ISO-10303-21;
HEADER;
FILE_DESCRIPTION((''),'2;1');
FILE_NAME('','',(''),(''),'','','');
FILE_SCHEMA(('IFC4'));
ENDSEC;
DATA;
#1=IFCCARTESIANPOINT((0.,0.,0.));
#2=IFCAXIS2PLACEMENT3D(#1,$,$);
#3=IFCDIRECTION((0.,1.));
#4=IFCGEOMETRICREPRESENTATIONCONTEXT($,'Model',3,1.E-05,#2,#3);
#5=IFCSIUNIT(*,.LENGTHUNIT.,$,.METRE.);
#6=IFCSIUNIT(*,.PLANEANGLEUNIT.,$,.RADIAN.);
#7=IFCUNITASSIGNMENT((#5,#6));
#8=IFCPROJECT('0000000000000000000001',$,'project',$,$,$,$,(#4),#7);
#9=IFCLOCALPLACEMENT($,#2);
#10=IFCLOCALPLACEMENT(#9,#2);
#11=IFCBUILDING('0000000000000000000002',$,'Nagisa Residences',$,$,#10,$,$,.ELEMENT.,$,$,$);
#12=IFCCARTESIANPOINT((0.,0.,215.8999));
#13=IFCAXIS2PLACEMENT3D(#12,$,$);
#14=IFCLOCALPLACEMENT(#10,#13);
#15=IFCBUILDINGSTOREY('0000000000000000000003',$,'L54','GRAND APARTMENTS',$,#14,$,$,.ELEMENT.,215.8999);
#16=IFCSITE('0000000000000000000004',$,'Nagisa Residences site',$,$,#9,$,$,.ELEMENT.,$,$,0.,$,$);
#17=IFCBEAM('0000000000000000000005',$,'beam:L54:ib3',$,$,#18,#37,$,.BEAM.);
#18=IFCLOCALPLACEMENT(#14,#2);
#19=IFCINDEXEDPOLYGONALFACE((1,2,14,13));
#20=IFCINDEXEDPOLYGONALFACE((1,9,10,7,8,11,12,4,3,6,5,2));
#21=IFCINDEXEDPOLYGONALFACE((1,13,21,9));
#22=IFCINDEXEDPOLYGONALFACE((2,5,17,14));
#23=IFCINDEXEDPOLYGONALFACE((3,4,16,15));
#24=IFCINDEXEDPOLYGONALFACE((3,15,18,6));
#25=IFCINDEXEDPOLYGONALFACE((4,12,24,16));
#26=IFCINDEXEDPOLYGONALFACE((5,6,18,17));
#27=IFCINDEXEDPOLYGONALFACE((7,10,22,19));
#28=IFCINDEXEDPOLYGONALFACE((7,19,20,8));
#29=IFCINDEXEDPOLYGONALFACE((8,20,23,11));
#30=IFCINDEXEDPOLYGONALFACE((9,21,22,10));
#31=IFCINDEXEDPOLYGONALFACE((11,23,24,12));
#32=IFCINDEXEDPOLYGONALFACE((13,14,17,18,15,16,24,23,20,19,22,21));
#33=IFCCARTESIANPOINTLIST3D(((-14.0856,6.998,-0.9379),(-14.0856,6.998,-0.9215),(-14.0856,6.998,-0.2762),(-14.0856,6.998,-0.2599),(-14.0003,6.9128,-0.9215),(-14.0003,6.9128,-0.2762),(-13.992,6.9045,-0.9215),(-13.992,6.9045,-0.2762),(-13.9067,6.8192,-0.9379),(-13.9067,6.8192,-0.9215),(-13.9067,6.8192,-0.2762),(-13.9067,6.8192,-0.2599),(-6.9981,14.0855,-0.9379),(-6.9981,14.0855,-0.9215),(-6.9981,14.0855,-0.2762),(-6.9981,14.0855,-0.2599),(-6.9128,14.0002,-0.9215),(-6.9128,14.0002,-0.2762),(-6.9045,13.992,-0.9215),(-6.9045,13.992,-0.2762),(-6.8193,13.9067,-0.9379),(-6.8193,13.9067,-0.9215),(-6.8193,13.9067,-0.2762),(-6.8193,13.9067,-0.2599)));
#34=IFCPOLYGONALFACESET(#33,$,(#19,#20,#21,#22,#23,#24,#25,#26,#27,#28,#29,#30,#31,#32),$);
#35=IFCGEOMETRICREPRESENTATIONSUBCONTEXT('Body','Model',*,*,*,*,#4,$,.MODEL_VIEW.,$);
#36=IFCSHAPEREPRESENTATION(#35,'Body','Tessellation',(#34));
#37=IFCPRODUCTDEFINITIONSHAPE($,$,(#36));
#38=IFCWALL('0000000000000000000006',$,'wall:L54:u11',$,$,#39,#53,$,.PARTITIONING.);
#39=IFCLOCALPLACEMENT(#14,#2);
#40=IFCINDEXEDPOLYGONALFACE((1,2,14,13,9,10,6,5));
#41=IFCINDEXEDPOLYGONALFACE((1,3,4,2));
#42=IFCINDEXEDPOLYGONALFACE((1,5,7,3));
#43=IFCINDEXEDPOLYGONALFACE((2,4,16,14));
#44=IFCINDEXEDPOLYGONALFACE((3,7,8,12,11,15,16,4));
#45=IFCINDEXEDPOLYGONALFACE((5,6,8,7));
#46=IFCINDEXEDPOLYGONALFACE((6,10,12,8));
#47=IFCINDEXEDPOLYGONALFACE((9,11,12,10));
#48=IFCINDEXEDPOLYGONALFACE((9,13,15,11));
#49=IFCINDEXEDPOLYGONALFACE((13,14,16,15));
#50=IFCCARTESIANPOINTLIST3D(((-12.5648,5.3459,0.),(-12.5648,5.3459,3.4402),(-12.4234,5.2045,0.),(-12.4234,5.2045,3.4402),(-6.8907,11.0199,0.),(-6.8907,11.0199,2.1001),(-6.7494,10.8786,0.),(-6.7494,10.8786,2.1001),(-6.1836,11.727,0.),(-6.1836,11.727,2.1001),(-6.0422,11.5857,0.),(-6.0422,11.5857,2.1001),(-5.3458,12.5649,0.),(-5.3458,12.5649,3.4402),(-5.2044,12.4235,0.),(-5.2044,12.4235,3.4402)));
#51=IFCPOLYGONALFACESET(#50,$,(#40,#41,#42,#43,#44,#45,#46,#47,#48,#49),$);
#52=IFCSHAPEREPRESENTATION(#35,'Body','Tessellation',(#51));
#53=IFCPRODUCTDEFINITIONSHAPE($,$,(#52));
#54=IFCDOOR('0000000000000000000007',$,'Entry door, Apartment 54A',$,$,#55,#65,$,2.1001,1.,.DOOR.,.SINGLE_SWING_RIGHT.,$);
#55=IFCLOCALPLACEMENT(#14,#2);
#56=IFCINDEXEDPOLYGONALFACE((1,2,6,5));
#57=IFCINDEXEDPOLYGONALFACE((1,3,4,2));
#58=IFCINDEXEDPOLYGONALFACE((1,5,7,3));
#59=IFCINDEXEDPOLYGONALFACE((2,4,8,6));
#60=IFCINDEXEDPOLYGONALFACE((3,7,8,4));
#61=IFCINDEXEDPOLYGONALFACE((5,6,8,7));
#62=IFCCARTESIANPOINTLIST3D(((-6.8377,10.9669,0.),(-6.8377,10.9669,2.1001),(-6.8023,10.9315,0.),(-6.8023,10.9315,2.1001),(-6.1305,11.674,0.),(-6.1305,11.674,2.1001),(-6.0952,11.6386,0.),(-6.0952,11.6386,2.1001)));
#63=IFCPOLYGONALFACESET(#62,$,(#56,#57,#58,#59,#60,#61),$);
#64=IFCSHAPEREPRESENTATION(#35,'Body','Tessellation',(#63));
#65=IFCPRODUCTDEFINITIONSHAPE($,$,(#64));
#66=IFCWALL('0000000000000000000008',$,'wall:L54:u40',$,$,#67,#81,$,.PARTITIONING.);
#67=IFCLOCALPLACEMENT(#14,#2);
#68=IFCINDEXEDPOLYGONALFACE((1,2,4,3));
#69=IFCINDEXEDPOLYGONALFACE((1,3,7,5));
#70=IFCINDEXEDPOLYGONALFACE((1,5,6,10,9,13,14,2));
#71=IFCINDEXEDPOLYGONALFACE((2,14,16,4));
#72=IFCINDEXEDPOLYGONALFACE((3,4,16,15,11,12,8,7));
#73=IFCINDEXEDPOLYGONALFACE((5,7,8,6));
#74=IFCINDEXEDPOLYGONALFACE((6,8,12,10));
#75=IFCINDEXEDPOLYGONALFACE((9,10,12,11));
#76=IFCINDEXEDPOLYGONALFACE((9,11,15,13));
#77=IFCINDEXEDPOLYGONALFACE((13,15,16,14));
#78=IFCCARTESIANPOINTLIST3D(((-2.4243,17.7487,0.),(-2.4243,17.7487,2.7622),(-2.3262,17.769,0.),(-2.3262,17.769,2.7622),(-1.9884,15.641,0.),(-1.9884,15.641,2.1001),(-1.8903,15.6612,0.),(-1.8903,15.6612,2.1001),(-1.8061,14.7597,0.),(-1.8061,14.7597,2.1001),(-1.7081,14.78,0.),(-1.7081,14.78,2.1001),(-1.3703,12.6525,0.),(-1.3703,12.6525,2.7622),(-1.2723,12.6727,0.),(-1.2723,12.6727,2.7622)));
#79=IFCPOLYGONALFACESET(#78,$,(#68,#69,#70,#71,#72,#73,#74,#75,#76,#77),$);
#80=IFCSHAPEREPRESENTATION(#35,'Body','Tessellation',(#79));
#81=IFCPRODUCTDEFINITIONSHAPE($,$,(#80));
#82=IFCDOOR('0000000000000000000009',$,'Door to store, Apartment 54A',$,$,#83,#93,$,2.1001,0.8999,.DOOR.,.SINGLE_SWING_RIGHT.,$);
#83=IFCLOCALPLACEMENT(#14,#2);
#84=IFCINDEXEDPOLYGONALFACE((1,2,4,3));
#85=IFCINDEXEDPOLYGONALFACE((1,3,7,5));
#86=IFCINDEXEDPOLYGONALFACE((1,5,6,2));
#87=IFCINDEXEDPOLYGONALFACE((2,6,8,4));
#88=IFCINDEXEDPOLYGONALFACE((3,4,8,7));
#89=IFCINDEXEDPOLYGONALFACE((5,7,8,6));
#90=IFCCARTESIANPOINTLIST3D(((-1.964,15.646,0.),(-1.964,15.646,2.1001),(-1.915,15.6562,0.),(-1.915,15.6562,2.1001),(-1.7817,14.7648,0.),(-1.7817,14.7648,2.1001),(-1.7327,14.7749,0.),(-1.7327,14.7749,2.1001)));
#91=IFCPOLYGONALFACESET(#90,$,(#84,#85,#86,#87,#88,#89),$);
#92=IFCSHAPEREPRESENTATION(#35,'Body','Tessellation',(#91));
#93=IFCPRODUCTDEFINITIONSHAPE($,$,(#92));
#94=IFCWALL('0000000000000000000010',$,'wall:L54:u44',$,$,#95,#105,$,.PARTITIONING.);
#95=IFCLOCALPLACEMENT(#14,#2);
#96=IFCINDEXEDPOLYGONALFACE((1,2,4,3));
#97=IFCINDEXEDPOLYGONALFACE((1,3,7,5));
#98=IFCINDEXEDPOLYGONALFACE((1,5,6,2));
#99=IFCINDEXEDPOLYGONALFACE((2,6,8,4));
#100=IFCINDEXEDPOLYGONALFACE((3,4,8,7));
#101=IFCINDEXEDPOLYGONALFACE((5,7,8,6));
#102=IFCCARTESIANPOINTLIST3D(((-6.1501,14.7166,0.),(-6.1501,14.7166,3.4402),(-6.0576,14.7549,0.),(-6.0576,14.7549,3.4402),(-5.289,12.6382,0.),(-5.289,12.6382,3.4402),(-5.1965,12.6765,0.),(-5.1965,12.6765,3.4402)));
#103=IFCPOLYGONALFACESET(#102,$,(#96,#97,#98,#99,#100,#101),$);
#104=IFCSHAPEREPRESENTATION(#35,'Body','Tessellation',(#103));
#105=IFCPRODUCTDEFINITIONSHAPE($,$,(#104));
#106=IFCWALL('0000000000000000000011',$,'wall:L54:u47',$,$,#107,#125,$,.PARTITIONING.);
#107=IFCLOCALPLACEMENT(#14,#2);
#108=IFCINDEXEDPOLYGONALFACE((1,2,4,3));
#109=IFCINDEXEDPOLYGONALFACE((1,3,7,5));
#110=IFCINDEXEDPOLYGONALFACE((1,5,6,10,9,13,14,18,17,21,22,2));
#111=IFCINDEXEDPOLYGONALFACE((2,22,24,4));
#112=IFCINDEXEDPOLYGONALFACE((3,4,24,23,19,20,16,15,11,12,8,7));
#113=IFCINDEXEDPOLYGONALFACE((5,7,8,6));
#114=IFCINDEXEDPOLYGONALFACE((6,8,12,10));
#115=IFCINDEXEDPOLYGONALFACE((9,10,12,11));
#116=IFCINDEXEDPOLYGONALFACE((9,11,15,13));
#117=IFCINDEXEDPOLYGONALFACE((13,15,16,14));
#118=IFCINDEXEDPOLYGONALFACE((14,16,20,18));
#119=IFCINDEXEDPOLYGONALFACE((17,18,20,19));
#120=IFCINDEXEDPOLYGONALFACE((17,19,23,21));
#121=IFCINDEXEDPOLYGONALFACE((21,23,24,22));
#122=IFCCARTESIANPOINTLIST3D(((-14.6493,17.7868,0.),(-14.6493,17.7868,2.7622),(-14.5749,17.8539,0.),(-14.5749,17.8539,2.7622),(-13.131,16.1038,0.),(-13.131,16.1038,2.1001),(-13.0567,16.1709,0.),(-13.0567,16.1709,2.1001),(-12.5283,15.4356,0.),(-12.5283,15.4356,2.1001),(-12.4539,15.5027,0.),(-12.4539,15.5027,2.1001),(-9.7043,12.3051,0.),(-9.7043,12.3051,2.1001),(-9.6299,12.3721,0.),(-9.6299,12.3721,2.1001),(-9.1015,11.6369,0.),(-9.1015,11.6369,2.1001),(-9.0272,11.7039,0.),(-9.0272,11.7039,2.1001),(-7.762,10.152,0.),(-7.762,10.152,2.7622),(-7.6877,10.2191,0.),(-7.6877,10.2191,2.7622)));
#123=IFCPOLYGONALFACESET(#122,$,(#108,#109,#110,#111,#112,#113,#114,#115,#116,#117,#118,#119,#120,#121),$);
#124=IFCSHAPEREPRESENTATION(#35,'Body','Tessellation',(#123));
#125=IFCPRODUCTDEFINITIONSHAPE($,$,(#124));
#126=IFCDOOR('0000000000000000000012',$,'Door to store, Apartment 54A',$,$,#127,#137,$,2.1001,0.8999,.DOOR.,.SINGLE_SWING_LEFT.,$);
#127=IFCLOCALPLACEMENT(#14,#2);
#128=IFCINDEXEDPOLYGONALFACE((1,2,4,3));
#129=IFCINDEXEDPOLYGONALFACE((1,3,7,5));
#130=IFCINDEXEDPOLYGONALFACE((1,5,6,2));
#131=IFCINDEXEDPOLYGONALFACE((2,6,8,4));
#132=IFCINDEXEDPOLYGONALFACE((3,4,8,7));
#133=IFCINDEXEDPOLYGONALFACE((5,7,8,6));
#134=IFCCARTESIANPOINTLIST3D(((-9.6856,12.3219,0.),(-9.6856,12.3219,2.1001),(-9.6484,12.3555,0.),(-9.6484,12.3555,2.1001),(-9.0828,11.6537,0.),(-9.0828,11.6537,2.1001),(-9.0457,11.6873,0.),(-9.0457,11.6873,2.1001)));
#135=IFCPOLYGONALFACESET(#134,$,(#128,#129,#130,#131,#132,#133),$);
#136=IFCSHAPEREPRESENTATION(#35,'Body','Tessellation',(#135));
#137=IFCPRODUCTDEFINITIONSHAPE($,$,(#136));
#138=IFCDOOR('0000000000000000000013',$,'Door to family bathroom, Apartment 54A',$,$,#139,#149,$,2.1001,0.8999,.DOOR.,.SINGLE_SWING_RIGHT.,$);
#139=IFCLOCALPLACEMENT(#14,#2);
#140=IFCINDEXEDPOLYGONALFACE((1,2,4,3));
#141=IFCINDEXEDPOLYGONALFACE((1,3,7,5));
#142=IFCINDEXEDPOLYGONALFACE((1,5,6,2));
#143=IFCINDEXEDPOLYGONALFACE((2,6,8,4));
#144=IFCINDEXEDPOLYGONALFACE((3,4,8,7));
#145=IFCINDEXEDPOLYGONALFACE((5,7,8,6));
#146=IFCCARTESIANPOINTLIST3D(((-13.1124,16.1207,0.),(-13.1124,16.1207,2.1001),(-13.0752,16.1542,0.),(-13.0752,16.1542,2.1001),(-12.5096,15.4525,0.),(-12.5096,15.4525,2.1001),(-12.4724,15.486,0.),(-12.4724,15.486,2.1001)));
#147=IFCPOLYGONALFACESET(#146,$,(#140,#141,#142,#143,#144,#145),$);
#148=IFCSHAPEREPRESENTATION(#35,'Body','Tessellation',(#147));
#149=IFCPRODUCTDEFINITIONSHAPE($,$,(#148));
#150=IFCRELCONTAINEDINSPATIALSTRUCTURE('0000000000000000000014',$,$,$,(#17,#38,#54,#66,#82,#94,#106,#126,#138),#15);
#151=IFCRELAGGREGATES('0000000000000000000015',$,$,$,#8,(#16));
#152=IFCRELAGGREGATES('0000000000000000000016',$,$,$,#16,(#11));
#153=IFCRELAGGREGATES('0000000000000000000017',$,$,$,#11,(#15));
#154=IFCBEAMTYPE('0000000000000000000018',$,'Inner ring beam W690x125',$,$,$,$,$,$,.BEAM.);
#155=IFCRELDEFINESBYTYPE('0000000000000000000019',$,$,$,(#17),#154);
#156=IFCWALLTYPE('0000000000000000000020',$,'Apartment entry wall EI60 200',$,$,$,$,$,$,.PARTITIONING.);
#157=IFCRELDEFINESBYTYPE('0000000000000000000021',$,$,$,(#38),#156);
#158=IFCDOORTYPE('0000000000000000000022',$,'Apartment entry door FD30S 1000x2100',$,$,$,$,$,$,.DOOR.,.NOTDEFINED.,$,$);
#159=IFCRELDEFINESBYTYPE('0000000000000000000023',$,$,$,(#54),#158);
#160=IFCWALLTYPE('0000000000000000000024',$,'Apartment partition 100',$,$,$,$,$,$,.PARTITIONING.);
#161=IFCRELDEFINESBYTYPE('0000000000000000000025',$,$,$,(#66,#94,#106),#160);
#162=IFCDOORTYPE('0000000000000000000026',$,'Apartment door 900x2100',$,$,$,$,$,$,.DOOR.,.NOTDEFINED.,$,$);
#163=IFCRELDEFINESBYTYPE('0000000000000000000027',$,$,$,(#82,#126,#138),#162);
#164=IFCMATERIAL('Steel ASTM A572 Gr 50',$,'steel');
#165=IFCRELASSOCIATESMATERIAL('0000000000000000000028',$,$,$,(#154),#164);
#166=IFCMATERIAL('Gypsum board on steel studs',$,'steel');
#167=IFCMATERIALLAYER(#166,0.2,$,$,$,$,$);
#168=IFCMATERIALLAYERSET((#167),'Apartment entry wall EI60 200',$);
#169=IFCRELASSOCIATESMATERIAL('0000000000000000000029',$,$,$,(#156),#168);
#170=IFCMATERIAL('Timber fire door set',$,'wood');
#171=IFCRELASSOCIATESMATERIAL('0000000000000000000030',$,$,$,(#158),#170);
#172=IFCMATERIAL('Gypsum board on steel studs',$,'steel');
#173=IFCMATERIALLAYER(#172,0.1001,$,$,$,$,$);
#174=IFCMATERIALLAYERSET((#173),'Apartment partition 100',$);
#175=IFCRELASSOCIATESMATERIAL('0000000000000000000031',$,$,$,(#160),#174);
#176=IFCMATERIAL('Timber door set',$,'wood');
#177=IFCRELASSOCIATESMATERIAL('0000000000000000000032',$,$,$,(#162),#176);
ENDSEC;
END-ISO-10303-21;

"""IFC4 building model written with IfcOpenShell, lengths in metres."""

from ifc_helpers import new_model, si_unit, direction, frame, frame_2d, origin, origin_2d, place, context, subcontext, project, spatial, rectangle, i_section, extrude, material, layer, layer_set, material_profile, profile_set, type_object, element, fill, save


model = new_model("IFC4")

# Units and contexts
model_context = context("Model", 3, precision=1e-05, world=origin(), true_north=direction((0.0, 1.0)))
body_context = subcontext(model_context, "Body", "Model", "MODEL_VIEW")
ifc_project = project(units=[si_unit("LENGTHUNIT", "METRE"), si_unit("PLANEANGLEUNIT", "RADIAN")], contexts=[model_context])

# Site, building, storey
site_placement = place(None, origin())
site = spatial("IfcSite", under=ifc_project, at=site_placement, Name="Nagisa Residences site", CompositionType="ELEMENT", RefElevation=0.0)
building_placement = place(site_placement, origin())
building = spatial("IfcBuilding", under=site, at=building_placement, Name="Nagisa Residences", CompositionType="ELEMENT")
storey_placement = place(building_placement, frame((0.0, 0.0, 215.8999)))
storey = spatial("IfcBuildingStorey", under=building, at=storey_placement, Name="L54", Description="GRAND APARTMENTS", CompositionType="ELEMENT", Elevation=215.8999)

# Beam
ifc_material_1 = material(Name="Steel ASTM A572 Gr 50", Category="steel")
ifc_material_profile = material_profile(ifc_material_1, i_section(OverallWidth=0.2529, OverallDepth=0.678, WebThickness=0.0117, FlangeThickness=0.0164, at=origin_2d()), Name="W690x125")
ifc_profile_set = profile_set([ifc_material_profile], Name="Steel ASTM A572 Gr 50")
beam_type = type_object("IfcBeamType", Name="Inner ring beam W690x125", PredefinedType="BEAM", material=ifc_profile_set)
beam_placement = place(storey_placement, frame((-6.9087, 13.9961, -0.5989), z_axis=(-0.707107, -0.707107, 0.0), x_axis=(0.707107, -0.707107, 0.0)))
element("IfcBeam", 1, at=beam_placement, inside=storey, type_object=beam_type, Name="beam:L54:ib3", PredefinedType="BEAM", context=body_context, shape_type="SweptSolid", body=[
    extrude(i_section(OverallWidth=0.2529, OverallDepth=0.678, WebThickness=0.0117, FlangeThickness=0.0164, at=origin_2d()), origin(), (0.0, 0.0, 1.0), 10.0232),
])

# Walls, openings, doors
ifc_material_2 = material(Name="Gypsum board on steel studs", Category="steel")
ifc_layer_1 = layer(ifc_material_2, 0.2)
ifc_layer_set_1 = layer_set([ifc_layer_1], Name="Apartment entry wall EI60 200")
wall_type_1 = type_object("IfcWallType", Name="Apartment entry wall EI60 200", PredefinedType="PARTITIONING", material=ifc_layer_set_1)
wall_1_placement = place(storey_placement, frame((-5.2751, 12.4941, 0.0), z_axis=(0.0, 0.0, 1.0), x_axis=(-0.707107, -0.707107, 0.0)))
wall_1 = element("IfcWall", 2, at=wall_1_placement, inside=storey, type_object=wall_type_1, Name="wall:L54:u11", PredefinedType="PARTITIONING", context=body_context, shape_type="SweptSolid", body=[
    extrude(rectangle(XDim=10.2092, YDim=0.2, at=frame_2d((5.1045, 0.0))), origin(), (0.0, 0.0, 1.0), 3.4402),
])
opening_1_placement = place(wall_1_placement, frame((1.1848, 0.0, 0.0)))
opening_1 = element("IfcOpeningElement", 3, at=opening_1_placement, cuts=wall_1, PredefinedType="OPENING", context=body_context, shape_type="SweptSolid", body=[
    extrude(rectangle(XDim=1.0, YDim=2.1001, at=frame_2d((0.5, 1.05))), frame((0.0, 0.1099, 0.0), z_axis=(0.0, -1.0, 0.0), x_axis=(1.0, 0.0, 0.0)), (0.0, 0.0, 1.0), 0.22),
])
ifc_material_3 = material(Name="Timber fire door set", Category="wood")
door_type_1 = type_object("IfcDoorType", Name="Apartment entry door FD30S 1000x2100", OperationType="NOTDEFINED", PredefinedType="DOOR", material=ifc_material_3)
door_1_placement = place(opening_1_placement, frame((1.0, 0.0, 0.0), x_axis=(-1.0, 0.0, 0.0)))
door_1 = element("IfcDoor", 4, at=door_1_placement, inside=storey, type_object=door_type_1, Name="Entry door, Apartment 54A", OperationType="SINGLE_SWING_RIGHT", OverallHeight=2.1001, OverallWidth=1.0, PredefinedType="DOOR", context=body_context, shape_type="SweptSolid", body=[
    extrude(rectangle(XDim=1.0, YDim=2.1001, at=frame_2d((0.5, 1.05))), frame((0.0, 0.0249, 0.0), z_axis=(0.0, -1.0, 0.0), x_axis=(1.0, 0.0, 0.0)), (0.0, 0.0, 1.0), 0.05),
])
fill(opening_1, door_1)
ifc_material_4 = material(Name="Gypsum board on steel studs", Category="steel")
ifc_layer_2 = layer(ifc_material_4, 0.1001)
ifc_layer_set_2 = layer_set([ifc_layer_2], Name="Apartment partition 100")
wall_type_2 = type_object("IfcWallType", Name="Apartment partition 100", PredefinedType="PARTITIONING", material=ifc_layer_set_2)
wall_2_placement = place(storey_placement, frame((-1.3213, 12.6626, 0.0), z_axis=(0.0, 0.0, 1.0), x_axis=(-0.202526, 0.979277, 0.0)))
wall_2 = element("IfcWall", 5, at=wall_2_placement, inside=storey, type_object=wall_type_2, Name="wall:L54:u40", PredefinedType="PARTITIONING", context=body_context, shape_type="SweptSolid", body=[
    extrude(rectangle(XDim=5.2041, YDim=0.1001, at=frame_2d((2.6021, 0.0))), origin(), (0.0, 0.0, 1.0), 2.7622),
])
opening_2_placement = place(wall_2_placement, frame((2.1519, 0.0, 0.0)))
opening_2 = element("IfcOpeningElement", 6, at=opening_2_placement, cuts=wall_2, PredefinedType="OPENING", context=body_context, shape_type="SweptSolid", body=[
    extrude(rectangle(XDim=0.8999, YDim=2.1001, at=frame_2d((0.45, 1.05))), frame((0.0, 0.0601, 0.0), z_axis=(0.0, -1.0, 0.0), x_axis=(1.0, 0.0, 0.0)), (0.0, 0.0, 1.0), 0.1201),
])
ifc_material_5 = material(Name="Timber door set", Category="wood")
door_type_2 = type_object("IfcDoorType", Name="Apartment door 900x2100", OperationType="NOTDEFINED", PredefinedType="DOOR", material=ifc_material_5)
door_2_placement = place(opening_2_placement, frame((0.8999, 0.0, 0.0), x_axis=(-1.0, 0.0, 0.0)))
door_2 = element("IfcDoor", 7, at=door_2_placement, inside=storey, type_object=door_type_2, Name="Door to store, Apartment 54A", OperationType="SINGLE_SWING_RIGHT", OverallHeight=2.1001, OverallWidth=0.8999, PredefinedType="DOOR", context=body_context, shape_type="SweptSolid", body=[
    extrude(rectangle(XDim=0.8999, YDim=2.1001, at=frame_2d((0.45, 1.05))), frame((0.0, 0.0249, 0.0), z_axis=(0.0, -1.0, 0.0), x_axis=(1.0, 0.0, 0.0)), (0.0, 0.0, 1.0), 0.05),
])
fill(opening_2, door_2)

# Wall
wall_3_placement = place(storey_placement, frame((-5.2427, 12.6572, 0.0), z_axis=(0.0, 0.0, 1.0), x_axis=(-0.382758, 0.923849, 0.0)))
element("IfcWall", 8, at=wall_3_placement, inside=storey, type_object=wall_type_2, Name="wall:L54:u44", PredefinedType="PARTITIONING", context=body_context, shape_type="SweptSolid", body=[
    extrude(rectangle(XDim=2.2498, YDim=0.1001, at=frame_2d((1.125, 0.0))), origin(), (0.0, 0.0, 1.0), 3.4402),
])

# Wall, openings, doors
wall_4_placement = place(storey_placement, frame((-7.7249, 10.1855, 0.0), z_axis=(0.0, 0.0, 1.0), x_axis=(-0.66982, 0.742524, 0.0)))
wall_4 = element("IfcWall", 9, at=wall_4_placement, inside=storey, type_object=wall_type_2, Name="wall:L54:u47", PredefinedType="PARTITIONING", context=body_context, shape_type="SweptSolid", body=[
    extrude(rectangle(XDim=10.2822, YDim=0.1001, at=frame_2d((5.1411, 0.0))), origin(), (0.0, 0.0, 1.0), 2.7622),
])
opening_3_placement = place(wall_4_placement, frame((1.9998, 0.0, 0.0)))
opening_3 = element("IfcOpeningElement", 10, at=opening_3_placement, cuts=wall_4, PredefinedType="OPENING", context=body_context, shape_type="SweptSolid", body=[
    extrude(rectangle(XDim=0.8999, YDim=2.1001, at=frame_2d((0.45, 1.05))), frame((0.0, 0.0601, 0.0), z_axis=(0.0, -1.0, 0.0), x_axis=(1.0, 0.0, 0.0)), (0.0, 0.0, 1.0), 0.1201),
])
opening_4_placement = place(wall_4_placement, frame((7.1157, 0.0, 0.0)))
opening_4 = element("IfcOpeningElement", 11, at=opening_4_placement, cuts=wall_4, PredefinedType="OPENING", context=body_context, shape_type="SweptSolid", body=[
    extrude(rectangle(XDim=0.8999, YDim=2.1001, at=frame_2d((0.45, 1.05))), frame((0.0, 0.0601, 0.0), z_axis=(0.0, -1.0, 0.0), x_axis=(1.0, 0.0, 0.0)), (0.0, 0.0, 1.0), 0.1201),
])
door_3_placement = place(opening_3_placement, origin())
door_3 = element("IfcDoor", 12, at=door_3_placement, inside=storey, type_object=door_type_2, Name="Door to store, Apartment 54A", OperationType="SINGLE_SWING_LEFT", OverallHeight=2.1001, OverallWidth=0.8999, PredefinedType="DOOR", context=body_context, shape_type="SweptSolid", body=[
    extrude(rectangle(XDim=0.8999, YDim=2.1001, at=frame_2d((0.45, 1.05))), frame((0.0, 0.0249, 0.0), z_axis=(0.0, -1.0, 0.0), x_axis=(1.0, 0.0, 0.0)), (0.0, 0.0, 1.0), 0.05),
])
fill(opening_3, door_3)
door_4_placement = place(opening_4_placement, origin())
door_4 = element("IfcDoor", 13, at=door_4_placement, inside=storey, type_object=door_type_2, Name="Door to family bathroom, Apartment 54A", OperationType="SINGLE_SWING_RIGHT", OverallHeight=2.1001, OverallWidth=0.8999, PredefinedType="DOOR", context=body_context, shape_type="SweptSolid", body=[
    extrude(rectangle(XDim=0.8999, YDim=2.1001, at=frame_2d((0.45, 1.05))), frame((0.0, 0.0249, 0.0), z_axis=(0.0, -1.0, 0.0), x_axis=(1.0, 0.0, 0.0)), (0.0, 0.0, 1.0), 0.05),
])
fill(opening_4, door_4)

save(model, "model.ifc")
